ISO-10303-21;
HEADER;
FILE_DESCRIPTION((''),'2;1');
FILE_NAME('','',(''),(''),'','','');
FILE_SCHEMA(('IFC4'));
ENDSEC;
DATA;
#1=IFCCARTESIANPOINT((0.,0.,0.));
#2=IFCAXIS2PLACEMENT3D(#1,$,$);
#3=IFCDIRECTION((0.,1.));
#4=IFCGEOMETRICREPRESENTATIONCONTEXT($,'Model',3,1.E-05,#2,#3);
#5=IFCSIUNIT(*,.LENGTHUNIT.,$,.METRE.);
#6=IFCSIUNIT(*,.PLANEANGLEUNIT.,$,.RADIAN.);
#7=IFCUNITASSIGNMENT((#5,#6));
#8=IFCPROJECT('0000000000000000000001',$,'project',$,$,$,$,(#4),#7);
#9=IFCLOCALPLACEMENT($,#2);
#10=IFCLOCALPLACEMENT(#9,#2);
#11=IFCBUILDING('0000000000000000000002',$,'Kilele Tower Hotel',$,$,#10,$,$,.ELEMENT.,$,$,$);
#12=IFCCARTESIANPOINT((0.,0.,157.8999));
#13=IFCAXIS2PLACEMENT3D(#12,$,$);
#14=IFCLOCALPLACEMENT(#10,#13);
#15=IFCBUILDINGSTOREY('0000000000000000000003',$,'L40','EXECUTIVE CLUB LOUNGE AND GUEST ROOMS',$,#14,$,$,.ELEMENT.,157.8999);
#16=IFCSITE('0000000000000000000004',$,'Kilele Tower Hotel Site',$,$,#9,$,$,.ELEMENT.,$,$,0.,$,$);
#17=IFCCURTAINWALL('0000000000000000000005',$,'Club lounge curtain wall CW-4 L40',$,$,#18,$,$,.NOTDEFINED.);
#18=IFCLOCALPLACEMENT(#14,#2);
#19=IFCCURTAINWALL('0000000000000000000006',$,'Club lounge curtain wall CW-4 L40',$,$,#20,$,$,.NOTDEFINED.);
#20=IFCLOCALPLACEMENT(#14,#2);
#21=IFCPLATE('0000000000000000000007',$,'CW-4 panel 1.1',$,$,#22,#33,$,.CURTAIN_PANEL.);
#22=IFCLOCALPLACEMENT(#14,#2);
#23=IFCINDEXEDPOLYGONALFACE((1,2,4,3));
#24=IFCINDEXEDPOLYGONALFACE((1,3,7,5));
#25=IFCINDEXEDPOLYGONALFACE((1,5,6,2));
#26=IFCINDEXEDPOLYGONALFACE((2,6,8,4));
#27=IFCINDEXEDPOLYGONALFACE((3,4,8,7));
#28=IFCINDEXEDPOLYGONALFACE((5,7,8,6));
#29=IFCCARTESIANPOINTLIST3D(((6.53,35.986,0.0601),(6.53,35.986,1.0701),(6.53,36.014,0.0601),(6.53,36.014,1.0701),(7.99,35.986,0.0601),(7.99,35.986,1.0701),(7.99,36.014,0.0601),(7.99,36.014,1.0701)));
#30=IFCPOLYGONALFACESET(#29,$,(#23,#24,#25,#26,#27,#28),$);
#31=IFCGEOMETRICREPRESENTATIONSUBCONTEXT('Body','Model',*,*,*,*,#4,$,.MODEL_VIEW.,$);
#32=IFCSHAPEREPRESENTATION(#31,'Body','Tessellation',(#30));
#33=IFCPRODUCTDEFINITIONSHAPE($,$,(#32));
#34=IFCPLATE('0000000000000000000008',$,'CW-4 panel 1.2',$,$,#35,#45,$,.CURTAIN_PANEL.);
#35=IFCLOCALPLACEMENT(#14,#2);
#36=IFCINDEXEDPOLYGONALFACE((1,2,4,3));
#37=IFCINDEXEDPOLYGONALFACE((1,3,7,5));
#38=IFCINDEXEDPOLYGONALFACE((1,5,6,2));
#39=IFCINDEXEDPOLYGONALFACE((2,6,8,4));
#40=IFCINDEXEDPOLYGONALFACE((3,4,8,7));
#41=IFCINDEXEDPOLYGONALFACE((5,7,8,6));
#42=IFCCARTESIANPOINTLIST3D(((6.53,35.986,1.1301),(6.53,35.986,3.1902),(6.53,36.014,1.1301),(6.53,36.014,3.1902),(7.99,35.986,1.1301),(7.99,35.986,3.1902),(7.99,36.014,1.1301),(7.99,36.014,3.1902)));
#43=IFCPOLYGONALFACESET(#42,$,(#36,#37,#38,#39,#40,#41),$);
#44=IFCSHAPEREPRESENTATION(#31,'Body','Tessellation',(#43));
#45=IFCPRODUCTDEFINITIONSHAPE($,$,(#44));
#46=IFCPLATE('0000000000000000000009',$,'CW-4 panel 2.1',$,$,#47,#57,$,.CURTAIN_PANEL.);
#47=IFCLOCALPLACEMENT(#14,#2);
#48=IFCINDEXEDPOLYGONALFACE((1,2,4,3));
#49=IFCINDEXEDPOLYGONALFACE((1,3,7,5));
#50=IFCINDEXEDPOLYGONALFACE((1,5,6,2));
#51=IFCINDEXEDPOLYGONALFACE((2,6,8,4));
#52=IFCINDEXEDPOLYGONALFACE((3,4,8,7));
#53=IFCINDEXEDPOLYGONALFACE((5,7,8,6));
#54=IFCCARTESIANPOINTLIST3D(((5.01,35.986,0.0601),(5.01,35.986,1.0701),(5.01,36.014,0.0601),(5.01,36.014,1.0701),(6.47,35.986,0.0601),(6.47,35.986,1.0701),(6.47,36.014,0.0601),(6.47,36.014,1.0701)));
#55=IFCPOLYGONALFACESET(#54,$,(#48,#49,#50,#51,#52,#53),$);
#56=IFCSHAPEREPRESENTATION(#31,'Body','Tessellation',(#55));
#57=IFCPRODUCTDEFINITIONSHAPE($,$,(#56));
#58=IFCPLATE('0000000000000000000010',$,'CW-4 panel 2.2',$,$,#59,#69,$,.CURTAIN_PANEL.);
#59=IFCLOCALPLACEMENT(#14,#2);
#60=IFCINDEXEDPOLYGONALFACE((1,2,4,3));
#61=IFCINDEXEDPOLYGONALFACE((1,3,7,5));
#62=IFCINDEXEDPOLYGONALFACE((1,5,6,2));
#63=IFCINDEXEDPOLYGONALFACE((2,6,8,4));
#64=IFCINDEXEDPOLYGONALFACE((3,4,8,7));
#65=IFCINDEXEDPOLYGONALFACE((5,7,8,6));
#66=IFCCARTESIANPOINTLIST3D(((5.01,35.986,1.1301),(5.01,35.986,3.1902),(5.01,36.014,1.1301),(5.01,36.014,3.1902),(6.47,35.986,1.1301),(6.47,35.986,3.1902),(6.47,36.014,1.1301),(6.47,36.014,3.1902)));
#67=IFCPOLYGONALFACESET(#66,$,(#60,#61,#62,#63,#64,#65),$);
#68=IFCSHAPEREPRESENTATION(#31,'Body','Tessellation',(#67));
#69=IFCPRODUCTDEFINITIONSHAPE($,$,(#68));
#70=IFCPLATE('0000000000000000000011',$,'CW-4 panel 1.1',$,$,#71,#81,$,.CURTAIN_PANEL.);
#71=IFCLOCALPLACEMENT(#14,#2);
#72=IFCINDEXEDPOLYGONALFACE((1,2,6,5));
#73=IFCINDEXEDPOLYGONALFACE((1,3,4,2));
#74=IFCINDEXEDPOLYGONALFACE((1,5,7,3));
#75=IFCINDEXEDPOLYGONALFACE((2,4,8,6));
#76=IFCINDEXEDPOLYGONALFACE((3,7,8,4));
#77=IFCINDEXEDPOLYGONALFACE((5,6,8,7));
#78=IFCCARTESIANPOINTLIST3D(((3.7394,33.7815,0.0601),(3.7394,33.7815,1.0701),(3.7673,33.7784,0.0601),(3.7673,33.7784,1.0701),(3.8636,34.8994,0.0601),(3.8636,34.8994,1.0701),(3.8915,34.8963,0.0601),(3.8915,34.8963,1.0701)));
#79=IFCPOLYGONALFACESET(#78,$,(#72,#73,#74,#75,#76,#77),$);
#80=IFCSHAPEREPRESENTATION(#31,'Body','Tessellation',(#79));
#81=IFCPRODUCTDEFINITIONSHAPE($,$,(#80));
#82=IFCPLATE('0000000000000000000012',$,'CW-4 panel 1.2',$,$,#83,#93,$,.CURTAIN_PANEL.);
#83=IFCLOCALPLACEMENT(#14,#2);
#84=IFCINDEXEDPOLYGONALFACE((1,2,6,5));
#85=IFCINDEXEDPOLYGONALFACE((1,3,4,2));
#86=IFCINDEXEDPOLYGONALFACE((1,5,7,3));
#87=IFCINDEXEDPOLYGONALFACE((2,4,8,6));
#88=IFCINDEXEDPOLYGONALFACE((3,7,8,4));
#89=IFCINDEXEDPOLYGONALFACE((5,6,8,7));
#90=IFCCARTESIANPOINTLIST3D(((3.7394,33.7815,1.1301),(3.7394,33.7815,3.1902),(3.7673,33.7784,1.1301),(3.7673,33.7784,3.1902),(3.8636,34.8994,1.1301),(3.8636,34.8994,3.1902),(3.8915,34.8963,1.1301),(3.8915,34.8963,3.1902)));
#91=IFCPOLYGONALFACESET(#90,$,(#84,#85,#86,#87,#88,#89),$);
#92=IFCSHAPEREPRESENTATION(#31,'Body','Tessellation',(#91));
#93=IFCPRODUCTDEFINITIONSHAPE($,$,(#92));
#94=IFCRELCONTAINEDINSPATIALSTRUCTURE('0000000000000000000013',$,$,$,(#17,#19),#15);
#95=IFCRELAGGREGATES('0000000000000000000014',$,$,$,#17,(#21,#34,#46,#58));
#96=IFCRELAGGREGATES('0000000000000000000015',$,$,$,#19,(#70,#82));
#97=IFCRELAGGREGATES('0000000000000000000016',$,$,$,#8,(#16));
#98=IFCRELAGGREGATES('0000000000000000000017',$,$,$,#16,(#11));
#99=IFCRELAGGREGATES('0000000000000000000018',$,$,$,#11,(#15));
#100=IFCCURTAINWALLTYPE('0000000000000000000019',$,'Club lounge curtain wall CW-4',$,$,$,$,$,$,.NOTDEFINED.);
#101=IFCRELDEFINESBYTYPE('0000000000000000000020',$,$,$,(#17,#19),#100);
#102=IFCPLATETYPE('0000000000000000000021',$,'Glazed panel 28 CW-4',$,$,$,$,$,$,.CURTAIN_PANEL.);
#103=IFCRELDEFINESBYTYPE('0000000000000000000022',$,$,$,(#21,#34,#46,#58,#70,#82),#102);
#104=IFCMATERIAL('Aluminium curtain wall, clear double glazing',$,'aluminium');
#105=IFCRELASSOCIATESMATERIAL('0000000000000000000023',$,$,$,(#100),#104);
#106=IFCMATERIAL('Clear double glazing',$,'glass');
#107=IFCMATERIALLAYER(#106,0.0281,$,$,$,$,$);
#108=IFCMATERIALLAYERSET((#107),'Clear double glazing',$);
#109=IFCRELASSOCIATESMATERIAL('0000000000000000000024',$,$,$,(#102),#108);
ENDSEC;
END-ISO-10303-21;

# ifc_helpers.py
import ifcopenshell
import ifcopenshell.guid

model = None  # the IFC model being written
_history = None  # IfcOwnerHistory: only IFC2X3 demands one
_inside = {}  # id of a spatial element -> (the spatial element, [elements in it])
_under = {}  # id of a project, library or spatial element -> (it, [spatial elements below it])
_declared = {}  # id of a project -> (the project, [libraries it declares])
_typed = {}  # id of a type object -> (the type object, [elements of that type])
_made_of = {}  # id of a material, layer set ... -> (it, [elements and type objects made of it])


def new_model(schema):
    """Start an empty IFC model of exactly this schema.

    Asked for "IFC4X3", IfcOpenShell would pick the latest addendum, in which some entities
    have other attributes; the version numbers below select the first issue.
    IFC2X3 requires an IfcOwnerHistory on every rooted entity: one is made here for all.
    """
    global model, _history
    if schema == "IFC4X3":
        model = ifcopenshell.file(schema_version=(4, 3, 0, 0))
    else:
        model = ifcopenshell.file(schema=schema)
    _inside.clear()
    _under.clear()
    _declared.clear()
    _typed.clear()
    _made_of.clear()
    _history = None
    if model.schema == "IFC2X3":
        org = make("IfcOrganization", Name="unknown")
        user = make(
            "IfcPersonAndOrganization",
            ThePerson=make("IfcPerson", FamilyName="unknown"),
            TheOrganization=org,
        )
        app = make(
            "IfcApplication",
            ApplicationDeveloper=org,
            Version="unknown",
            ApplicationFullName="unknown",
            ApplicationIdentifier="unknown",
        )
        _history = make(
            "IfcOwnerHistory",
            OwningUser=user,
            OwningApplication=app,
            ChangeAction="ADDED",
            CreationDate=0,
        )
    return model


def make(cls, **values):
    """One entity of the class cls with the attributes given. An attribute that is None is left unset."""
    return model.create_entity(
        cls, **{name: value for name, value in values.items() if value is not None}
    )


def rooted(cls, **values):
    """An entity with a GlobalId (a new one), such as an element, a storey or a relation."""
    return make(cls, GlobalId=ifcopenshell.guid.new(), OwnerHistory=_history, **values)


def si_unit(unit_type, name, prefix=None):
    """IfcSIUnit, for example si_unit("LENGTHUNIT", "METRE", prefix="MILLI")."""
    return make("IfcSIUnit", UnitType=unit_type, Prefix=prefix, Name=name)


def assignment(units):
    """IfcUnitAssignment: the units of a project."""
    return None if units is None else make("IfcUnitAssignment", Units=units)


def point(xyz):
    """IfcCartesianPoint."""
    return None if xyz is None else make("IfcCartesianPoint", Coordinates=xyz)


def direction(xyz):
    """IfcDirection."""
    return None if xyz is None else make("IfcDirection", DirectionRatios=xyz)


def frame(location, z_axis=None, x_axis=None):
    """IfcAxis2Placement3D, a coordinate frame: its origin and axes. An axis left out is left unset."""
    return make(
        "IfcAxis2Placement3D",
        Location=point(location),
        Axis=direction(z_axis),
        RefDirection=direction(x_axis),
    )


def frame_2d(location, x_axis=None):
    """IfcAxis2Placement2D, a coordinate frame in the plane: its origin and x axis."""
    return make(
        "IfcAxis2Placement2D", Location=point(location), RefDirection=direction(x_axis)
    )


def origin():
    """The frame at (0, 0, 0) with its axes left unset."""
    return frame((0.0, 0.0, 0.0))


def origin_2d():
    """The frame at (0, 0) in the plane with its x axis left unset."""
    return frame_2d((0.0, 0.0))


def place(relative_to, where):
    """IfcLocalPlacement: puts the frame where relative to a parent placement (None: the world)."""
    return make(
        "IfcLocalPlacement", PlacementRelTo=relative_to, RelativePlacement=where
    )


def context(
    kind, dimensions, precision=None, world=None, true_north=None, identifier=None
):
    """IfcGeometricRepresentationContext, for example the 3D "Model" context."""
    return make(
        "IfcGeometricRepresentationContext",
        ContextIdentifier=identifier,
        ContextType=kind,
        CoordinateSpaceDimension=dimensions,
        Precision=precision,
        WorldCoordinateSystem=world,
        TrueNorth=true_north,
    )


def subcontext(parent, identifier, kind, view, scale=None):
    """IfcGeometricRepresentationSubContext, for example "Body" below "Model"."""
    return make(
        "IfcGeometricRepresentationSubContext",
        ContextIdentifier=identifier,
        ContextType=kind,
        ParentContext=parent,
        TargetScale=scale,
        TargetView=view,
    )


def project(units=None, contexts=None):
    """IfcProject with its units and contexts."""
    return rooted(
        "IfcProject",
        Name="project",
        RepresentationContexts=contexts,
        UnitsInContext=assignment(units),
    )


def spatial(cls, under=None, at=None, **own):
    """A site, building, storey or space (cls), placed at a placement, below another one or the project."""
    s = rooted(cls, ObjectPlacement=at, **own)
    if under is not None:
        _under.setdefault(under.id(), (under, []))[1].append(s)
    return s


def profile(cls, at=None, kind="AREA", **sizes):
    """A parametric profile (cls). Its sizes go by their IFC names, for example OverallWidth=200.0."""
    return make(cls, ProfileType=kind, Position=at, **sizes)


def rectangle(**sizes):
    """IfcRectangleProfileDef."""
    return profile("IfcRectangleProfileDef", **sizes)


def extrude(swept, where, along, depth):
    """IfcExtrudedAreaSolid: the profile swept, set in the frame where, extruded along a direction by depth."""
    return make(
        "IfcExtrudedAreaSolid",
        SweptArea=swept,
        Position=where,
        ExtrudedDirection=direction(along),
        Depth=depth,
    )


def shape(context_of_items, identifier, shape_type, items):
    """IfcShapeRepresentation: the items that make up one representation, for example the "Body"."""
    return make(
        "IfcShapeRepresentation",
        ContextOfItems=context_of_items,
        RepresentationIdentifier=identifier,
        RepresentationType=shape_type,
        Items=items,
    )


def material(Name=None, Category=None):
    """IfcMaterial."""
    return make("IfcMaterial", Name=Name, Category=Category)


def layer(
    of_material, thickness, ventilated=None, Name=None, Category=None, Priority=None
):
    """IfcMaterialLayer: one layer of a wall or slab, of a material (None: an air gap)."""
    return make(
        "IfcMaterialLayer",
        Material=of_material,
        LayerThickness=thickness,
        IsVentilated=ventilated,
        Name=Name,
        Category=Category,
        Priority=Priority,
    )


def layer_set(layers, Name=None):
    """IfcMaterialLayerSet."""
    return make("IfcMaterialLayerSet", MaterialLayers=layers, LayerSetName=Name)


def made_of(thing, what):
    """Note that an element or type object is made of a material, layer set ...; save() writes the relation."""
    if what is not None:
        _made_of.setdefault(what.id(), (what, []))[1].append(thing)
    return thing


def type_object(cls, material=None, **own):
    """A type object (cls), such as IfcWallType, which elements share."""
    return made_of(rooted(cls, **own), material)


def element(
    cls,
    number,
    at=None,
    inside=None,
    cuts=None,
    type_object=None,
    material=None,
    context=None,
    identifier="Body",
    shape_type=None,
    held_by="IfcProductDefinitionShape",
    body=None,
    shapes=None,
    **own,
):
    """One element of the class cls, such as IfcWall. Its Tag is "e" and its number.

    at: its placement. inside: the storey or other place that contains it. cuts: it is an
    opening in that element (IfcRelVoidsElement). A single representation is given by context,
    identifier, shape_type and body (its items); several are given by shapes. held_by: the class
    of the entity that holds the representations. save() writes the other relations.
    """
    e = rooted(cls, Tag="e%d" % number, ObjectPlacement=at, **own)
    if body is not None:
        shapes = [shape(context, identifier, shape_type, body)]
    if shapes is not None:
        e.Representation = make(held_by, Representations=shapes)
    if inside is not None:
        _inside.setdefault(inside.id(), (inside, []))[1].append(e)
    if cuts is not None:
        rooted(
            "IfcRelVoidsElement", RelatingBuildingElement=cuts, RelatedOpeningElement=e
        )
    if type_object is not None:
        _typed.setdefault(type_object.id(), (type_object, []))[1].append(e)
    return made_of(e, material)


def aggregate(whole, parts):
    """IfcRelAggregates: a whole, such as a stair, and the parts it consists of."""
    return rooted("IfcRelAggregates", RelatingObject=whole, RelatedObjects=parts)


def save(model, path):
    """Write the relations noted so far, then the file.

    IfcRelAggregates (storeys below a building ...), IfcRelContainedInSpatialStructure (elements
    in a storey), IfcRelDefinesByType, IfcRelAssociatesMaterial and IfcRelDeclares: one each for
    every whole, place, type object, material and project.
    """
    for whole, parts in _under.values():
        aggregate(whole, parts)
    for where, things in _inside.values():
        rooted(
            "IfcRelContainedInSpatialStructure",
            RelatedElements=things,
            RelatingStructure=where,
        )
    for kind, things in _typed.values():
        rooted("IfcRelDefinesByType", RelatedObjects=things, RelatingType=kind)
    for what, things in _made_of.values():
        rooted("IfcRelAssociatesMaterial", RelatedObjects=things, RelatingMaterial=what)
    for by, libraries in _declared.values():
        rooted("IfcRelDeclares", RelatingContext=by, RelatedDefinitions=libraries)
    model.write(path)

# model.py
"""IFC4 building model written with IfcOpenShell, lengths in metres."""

from ifc_helpers import new_model, si_unit, direction, frame, origin, origin_2d, place, context, subcontext, project, spatial, rectangle, extrude, material, layer, layer_set, type_object, element, aggregate, save


model = new_model("IFC4")

# Units and contexts
model_context = context("Model", 3, precision=1e-05, world=origin(), true_north=direction((0.0, 1.0)))
body_context = subcontext(model_context, "Body", "Model", "MODEL_VIEW")
ifc_project = project(units=[si_unit("LENGTHUNIT", "METRE"), si_unit("PLANEANGLEUNIT", "RADIAN")], contexts=[model_context])

# Site, building, storey
site_placement = place(None, origin())
site = spatial("IfcSite", under=ifc_project, at=site_placement, Name="Kilele Tower Hotel Site", CompositionType="ELEMENT", RefElevation=0.0)
building_placement = place(site_placement, origin())
building = spatial("IfcBuilding", under=site, at=building_placement, Name="Kilele Tower Hotel", CompositionType="ELEMENT")
storey_placement = place(building_placement, frame((0.0, 0.0, 157.8999)))
storey = spatial("IfcBuildingStorey", under=building, at=storey_placement, Name="L40", Description="EXECUTIVE CLUB LOUNGE AND GUEST ROOMS", CompositionType="ELEMENT", Elevation=157.8999)

# Curtain walls
ifc_material_1 = material(Name="Aluminium curtain wall, clear double glazing", Category="aluminium")
curtain_wall_type = type_object("IfcCurtainWallType", Name="Club lounge curtain wall CW-4", PredefinedType="NOTDEFINED", material=ifc_material_1)
curtain_wall_1_placement = place(storey_placement, origin())
curtain_wall_1 = element("IfcCurtainWall", 1, at=curtain_wall_1_placement, inside=storey, type_object=curtain_wall_type, Name="Club lounge curtain wall CW-4 L40", PredefinedType="NOTDEFINED")
curtain_wall_2_placement = place(storey_placement, origin())
curtain_wall_2 = element("IfcCurtainWall", 2, at=curtain_wall_2_placement, inside=storey, type_object=curtain_wall_type, Name="Club lounge curtain wall CW-4 L40", PredefinedType="NOTDEFINED")

# Plates
ifc_material_2 = material(Name="Clear double glazing", Category="glass")
ifc_layer = layer(ifc_material_2, 0.0281)
ifc_layer_set = layer_set([ifc_layer], Name="Clear double glazing")
plate_type = type_object("IfcPlateType", Name="Glazed panel 28 CW-4", PredefinedType="CURTAIN_PANEL", material=ifc_layer_set)
plate_1_placement = place(storey_placement, frame((7.26, 36.0, 0.0601), z_axis=(0.0, 0.0, 1.0), x_axis=(-1.0, 0.0, 0.0)))
plate_1 = element("IfcPlate", 3, at=plate_1_placement, type_object=plate_type, Name="CW-4 panel 1.1", PredefinedType="CURTAIN_PANEL", context=body_context, shape_type="SweptSolid", body=[
    extrude(rectangle(XDim=1.46, YDim=0.0281, at=origin_2d()), origin(), (0.0, 0.0, 1.0), 1.01),
])
plate_2_placement = place(storey_placement, frame((7.26, 36.0, 1.1301), z_axis=(0.0, 0.0, 1.0), x_axis=(-1.0, 0.0, 0.0)))
plate_2 = element("IfcPlate", 4, at=plate_2_placement, type_object=plate_type, Name="CW-4 panel 1.2", PredefinedType="CURTAIN_PANEL", context=body_context, shape_type="SweptSolid", body=[
    extrude(rectangle(XDim=1.46, YDim=0.0281, at=origin_2d()), origin(), (0.0, 0.0, 1.0), 2.0601),
])
plate_3_placement = place(storey_placement, frame((5.74, 36.0, 0.0601), z_axis=(0.0, 0.0, 1.0), x_axis=(-1.0, 0.0, 0.0)))
plate_3 = element("IfcPlate", 5, at=plate_3_placement, type_object=plate_type, Name="CW-4 panel 2.1", PredefinedType="CURTAIN_PANEL", context=body_context, shape_type="SweptSolid", body=[
    extrude(rectangle(XDim=1.46, YDim=0.0281, at=origin_2d()), origin(), (0.0, 0.0, 1.0), 1.01),
])
plate_4_placement = place(storey_placement, frame((5.74, 36.0, 1.1301), z_axis=(0.0, 0.0, 1.0), x_axis=(-1.0, 0.0, 0.0)))
plate_4 = element("IfcPlate", 6, at=plate_4_placement, type_object=plate_type, Name="CW-4 panel 2.2", PredefinedType="CURTAIN_PANEL", context=body_context, shape_type="SweptSolid", body=[
    extrude(rectangle(XDim=1.46, YDim=0.0281, at=origin_2d()), origin(), (0.0, 0.0, 1.0), 2.0601),
])
aggregate(curtain_wall_1, [plate_1, plate_2, plate_3, plate_4])
plate_5_placement = place(storey_placement, frame((3.8154, 34.3389, 0.0601), z_axis=(0.0, 0.0, 1.0), x_axis=(-0.110432, -0.993884, 0.0)))
plate_5 = element("IfcPlate", 7, at=plate_5_placement, type_object=plate_type, Name="CW-4 panel 1.1", PredefinedType="CURTAIN_PANEL", context=body_context, shape_type="SweptSolid", body=[
    extrude(rectangle(XDim=1.1248, YDim=0.0281, at=origin_2d()), origin(), (0.0, 0.0, 1.0), 1.01),
])
plate_6_placement = place(storey_placement, frame((3.8154, 34.3389, 1.1301), z_axis=(0.0, 0.0, 1.0), x_axis=(-0.110432, -0.993884, 0.0)))
plate_6 = element("IfcPlate", 8, at=plate_6_placement, type_object=plate_type, Name="CW-4 panel 1.2", PredefinedType="CURTAIN_PANEL", context=body_context, shape_type="SweptSolid", body=[
    extrude(rectangle(XDim=1.1248, YDim=0.0281, at=origin_2d()), origin(), (0.0, 0.0, 1.0), 2.0601),
])
aggregate(curtain_wall_2, [plate_5, plate_6])

save(model, "model.ifc")
